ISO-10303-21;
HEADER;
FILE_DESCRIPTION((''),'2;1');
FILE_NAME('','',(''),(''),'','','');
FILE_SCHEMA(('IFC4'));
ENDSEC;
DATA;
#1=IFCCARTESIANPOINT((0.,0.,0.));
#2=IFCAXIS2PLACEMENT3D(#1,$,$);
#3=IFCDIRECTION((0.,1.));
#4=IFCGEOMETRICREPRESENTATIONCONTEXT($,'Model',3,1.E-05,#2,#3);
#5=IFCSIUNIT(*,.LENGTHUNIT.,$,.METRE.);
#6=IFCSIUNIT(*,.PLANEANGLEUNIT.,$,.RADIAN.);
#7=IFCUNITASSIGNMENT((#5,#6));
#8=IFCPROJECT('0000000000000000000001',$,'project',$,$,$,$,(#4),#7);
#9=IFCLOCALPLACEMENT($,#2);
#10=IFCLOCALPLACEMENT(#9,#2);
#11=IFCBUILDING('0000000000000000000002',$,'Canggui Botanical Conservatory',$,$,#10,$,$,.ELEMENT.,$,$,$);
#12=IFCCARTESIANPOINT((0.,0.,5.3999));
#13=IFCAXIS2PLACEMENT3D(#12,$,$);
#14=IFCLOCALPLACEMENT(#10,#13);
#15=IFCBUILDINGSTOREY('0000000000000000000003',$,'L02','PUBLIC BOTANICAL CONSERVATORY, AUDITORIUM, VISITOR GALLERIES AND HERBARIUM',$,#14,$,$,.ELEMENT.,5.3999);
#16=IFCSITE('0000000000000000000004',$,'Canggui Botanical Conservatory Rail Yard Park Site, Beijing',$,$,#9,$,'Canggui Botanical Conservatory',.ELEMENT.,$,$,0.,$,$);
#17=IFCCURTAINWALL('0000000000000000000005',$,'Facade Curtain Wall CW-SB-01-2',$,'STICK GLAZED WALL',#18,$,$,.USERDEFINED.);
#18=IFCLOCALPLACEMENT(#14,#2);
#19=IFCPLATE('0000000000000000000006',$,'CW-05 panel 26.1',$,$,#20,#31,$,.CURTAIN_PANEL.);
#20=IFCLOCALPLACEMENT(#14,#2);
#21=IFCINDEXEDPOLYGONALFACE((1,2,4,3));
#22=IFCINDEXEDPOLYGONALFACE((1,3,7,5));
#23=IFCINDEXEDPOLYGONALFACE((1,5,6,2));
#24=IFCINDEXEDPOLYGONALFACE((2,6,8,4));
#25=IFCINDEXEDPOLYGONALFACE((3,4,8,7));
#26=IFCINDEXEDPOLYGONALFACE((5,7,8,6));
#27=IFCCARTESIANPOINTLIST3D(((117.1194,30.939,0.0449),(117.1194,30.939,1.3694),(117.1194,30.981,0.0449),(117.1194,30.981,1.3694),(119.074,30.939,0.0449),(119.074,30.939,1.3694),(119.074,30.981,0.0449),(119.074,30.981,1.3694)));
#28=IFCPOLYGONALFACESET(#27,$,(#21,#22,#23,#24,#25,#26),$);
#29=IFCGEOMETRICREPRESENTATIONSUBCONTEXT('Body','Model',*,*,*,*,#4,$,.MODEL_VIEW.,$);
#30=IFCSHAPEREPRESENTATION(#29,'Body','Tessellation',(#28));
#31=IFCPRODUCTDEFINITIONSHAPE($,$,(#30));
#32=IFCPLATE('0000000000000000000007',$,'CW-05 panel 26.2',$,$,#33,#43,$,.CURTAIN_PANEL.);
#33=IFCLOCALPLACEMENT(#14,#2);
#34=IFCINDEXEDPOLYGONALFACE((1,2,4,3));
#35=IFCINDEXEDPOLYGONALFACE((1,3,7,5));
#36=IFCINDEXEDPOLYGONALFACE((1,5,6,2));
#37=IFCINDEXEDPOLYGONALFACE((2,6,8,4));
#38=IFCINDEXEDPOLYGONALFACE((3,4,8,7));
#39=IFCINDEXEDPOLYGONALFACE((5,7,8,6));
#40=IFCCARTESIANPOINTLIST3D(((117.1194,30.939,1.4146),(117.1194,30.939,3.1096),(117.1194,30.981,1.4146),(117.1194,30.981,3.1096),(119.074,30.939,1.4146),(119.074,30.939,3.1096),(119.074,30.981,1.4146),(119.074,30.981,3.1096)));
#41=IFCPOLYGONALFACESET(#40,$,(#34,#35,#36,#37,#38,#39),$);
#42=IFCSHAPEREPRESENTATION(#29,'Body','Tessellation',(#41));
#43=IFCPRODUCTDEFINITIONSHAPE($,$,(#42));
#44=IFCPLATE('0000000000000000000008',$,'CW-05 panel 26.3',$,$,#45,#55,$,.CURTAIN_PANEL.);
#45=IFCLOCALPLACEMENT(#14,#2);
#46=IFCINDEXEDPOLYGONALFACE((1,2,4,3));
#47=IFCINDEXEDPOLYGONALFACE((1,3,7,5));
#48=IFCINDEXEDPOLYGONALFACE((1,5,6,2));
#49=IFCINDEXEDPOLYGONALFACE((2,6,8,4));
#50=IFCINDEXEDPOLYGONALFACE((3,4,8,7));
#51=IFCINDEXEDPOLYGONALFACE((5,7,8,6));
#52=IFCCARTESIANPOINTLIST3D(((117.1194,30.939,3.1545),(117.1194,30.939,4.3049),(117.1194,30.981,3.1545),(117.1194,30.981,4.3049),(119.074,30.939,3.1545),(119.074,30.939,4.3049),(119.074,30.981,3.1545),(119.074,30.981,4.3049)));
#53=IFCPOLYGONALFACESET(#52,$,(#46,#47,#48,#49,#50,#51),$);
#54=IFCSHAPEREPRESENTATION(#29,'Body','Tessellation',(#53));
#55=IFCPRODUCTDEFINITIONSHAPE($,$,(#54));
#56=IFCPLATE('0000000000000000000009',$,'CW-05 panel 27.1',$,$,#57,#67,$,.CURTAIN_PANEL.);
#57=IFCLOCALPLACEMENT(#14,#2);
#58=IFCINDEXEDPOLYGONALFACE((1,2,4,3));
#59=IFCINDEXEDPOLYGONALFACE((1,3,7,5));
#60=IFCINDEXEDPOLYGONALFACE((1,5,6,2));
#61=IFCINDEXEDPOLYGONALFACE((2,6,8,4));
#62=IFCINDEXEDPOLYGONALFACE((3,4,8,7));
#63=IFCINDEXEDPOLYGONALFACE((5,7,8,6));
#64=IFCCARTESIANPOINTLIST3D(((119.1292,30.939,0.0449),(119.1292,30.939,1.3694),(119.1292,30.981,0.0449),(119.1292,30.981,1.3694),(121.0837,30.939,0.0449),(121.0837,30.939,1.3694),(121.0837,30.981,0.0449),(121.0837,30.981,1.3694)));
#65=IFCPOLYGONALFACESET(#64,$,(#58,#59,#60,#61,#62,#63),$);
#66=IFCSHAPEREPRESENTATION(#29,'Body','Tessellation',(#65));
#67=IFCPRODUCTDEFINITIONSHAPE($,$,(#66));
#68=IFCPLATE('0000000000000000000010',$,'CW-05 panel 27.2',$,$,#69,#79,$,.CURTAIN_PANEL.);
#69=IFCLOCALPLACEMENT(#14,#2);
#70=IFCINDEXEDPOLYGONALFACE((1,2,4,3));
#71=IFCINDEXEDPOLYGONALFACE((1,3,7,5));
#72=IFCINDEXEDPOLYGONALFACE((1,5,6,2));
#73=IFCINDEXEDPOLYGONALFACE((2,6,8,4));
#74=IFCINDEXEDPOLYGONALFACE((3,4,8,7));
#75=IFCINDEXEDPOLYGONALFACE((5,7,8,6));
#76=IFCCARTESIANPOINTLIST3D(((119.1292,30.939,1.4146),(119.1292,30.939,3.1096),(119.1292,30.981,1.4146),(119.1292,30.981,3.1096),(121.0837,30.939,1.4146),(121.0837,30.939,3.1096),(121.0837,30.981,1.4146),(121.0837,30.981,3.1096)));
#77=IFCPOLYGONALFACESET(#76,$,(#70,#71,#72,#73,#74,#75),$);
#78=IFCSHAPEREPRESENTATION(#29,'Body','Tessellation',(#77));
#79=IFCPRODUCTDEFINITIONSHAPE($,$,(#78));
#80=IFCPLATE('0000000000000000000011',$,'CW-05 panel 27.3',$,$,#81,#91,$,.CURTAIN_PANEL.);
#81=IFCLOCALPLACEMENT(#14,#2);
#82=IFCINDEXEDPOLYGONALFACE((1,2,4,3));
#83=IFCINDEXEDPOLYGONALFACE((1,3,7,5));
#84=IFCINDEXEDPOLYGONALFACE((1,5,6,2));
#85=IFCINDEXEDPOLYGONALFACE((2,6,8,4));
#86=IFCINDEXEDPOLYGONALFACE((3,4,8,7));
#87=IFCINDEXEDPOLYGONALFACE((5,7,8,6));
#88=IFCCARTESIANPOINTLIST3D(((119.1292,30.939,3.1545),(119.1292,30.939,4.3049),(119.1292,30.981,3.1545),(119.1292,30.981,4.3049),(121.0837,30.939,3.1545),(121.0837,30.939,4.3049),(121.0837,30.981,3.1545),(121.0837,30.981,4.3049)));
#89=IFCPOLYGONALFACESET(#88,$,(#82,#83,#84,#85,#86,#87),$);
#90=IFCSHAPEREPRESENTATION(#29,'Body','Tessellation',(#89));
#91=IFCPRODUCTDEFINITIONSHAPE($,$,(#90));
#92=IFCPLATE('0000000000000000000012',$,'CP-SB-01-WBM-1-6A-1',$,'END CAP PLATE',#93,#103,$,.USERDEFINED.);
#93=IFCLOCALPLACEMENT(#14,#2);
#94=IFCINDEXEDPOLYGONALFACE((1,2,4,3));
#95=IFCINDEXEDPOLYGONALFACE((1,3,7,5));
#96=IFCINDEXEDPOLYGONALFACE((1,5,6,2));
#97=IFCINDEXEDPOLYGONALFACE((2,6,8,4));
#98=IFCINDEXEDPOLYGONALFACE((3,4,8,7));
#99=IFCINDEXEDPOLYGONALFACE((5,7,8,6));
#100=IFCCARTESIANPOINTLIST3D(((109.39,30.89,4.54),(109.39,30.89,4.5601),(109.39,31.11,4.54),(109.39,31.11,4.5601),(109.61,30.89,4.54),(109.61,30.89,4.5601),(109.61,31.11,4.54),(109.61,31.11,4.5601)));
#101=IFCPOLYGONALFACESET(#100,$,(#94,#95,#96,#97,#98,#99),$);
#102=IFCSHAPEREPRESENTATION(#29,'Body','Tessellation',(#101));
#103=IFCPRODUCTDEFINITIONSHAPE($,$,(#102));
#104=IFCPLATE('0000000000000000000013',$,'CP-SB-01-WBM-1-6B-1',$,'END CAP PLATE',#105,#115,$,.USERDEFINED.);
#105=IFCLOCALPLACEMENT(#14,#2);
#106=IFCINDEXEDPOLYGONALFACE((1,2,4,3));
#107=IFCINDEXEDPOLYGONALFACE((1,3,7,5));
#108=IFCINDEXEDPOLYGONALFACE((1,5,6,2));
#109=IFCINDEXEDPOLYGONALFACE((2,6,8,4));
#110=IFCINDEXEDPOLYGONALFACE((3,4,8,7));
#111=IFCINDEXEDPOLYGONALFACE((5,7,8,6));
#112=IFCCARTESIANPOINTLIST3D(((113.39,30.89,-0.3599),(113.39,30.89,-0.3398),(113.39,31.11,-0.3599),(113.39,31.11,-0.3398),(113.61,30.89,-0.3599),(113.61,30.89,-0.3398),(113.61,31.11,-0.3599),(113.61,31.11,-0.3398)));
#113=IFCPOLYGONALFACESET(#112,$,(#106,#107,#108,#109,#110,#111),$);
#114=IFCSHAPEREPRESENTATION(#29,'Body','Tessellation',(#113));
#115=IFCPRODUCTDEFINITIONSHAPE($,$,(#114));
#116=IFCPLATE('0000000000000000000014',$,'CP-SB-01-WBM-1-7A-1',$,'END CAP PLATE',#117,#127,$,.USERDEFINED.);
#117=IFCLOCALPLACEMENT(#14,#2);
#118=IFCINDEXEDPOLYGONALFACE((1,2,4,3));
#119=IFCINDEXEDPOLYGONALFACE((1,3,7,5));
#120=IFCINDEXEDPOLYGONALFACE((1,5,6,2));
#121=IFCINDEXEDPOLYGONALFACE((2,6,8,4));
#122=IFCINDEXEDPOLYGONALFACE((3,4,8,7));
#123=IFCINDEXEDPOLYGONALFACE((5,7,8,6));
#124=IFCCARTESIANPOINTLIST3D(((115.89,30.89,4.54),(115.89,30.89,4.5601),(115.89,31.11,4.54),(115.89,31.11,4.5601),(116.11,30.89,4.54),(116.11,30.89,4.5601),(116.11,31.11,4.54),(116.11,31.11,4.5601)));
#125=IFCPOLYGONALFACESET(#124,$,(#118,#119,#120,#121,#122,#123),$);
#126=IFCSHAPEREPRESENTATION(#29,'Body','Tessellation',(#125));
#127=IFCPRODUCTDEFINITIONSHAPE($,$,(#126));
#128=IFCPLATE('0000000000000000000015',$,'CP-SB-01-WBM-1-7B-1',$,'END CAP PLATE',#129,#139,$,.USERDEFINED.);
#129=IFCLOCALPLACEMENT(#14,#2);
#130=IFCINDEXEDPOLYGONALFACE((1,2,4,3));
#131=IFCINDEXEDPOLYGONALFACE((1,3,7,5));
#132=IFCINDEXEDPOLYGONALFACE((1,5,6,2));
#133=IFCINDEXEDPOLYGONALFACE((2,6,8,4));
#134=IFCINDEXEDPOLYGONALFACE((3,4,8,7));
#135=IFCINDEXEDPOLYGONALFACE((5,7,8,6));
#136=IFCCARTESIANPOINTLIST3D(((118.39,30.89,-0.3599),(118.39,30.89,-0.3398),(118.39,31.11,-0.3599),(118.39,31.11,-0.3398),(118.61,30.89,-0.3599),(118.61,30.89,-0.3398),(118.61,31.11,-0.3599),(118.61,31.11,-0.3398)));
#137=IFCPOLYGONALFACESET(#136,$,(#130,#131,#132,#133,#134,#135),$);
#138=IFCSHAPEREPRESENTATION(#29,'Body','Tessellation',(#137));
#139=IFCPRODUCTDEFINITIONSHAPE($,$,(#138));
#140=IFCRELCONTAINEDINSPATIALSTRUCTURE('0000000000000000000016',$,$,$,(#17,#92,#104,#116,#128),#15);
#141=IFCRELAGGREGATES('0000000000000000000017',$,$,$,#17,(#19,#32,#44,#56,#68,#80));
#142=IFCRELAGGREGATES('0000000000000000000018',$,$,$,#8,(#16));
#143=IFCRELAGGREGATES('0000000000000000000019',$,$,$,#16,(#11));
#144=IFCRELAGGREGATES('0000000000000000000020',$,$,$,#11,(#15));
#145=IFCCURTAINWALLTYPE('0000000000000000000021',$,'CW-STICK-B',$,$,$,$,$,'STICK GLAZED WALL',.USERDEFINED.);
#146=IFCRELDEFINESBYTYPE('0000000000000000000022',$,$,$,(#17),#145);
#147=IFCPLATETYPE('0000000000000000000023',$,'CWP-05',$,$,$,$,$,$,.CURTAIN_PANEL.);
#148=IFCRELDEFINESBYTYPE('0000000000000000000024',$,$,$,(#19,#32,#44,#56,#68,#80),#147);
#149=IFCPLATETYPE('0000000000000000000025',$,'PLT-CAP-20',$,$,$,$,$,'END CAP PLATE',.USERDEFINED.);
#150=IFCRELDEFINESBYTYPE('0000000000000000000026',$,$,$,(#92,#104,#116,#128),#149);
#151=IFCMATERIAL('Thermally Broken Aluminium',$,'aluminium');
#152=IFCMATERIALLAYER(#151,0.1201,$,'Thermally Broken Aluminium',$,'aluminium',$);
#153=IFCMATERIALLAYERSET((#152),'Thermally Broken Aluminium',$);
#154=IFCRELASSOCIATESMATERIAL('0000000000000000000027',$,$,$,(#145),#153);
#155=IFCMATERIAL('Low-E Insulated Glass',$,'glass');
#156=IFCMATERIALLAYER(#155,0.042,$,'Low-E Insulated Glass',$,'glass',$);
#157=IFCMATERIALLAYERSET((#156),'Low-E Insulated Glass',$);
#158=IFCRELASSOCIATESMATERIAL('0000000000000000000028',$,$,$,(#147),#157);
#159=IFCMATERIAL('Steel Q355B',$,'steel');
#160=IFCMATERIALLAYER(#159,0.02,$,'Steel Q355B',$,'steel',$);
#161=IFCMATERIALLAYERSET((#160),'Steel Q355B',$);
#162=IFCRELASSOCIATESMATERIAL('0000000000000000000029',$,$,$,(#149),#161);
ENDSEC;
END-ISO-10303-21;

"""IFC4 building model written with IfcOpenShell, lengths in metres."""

from ifc_helpers import new_model, si_unit, direction, frame, origin, origin_2d, place, context, subcontext, project, spatial, rectangle, extrude, material, layer, layer_set, type_object, element, aggregate, save


model = new_model("IFC4")

# Units and contexts
model_context = context("Model", 3, precision=1e-05, world=origin(), true_north=direction((0.0, 1.0)))
body_context = subcontext(model_context, "Body", "Model", "MODEL_VIEW")
ifc_project = project(units=[si_unit("LENGTHUNIT", "METRE"), si_unit("PLANEANGLEUNIT", "RADIAN")], contexts=[model_context])

# Site, building, storey
site_placement = place(None, origin())
site = spatial("IfcSite", under=ifc_project, at=site_placement, Name="Canggui Botanical Conservatory Rail Yard Park Site, Beijing", LongName="Canggui Botanical Conservatory", CompositionType="ELEMENT", RefElevation=0.0)
building_placement = place(site_placement, origin())
building = spatial("IfcBuilding", under=site, at=building_placement, Name="Canggui Botanical Conservatory", CompositionType="ELEMENT")
storey_placement = place(building_placement, frame((0.0, 0.0, 5.3999)))
storey = spatial("IfcBuildingStorey", under=building, at=storey_placement, Name="L02", Description="PUBLIC BOTANICAL CONSERVATORY, AUDITORIUM, VISITOR GALLERIES AND HERBARIUM", CompositionType="ELEMENT", Elevation=5.3999)

# Shared definitions
ifc_material_1 = material(Name="Steel Q355B", Category="steel")

# Curtain wall
ifc_material_2 = material(Name="Thermally Broken Aluminium", Category="aluminium")
ifc_layer_1 = layer(ifc_material_2, 0.1201, Name="Thermally Broken Aluminium", Category="aluminium")
ifc_layer_set_1 = layer_set([ifc_layer_1], Name="Thermally Broken Aluminium")
curtain_wall_type = type_object("IfcCurtainWallType", Name="CW-STICK-B", ElementType="STICK GLAZED WALL", PredefinedType="USERDEFINED", material=ifc_layer_set_1)
curtain_wall_placement = place(storey_placement, origin())
curtain_wall = element("IfcCurtainWall", 1, at=curtain_wall_placement, inside=storey, type_object=curtain_wall_type, Name="Facade Curtain Wall CW-SB-01-2", ObjectType="STICK GLAZED WALL", PredefinedType="USERDEFINED")

# Plates
ifc_material_3 = material(Name="Low-E Insulated Glass", Category="glass")
ifc_layer_2 = layer(ifc_material_3, 0.042, Name="Low-E Insulated Glass", Category="glass")
ifc_layer_set_2 = layer_set([ifc_layer_2], Name="Low-E Insulated Glass")
plate_type_1 = type_object("IfcPlateType", Name="CWP-05", PredefinedType="CURTAIN_PANEL", material=ifc_layer_set_2)
plate_1_placement = place(storey_placement, frame((118.0967, 30.96, 0.0449), z_axis=(0.0, 0.0, 1.0), x_axis=(1.0, 0.0, 0.0)))
plate_1 = element("IfcPlate", 2, at=plate_1_placement, type_object=plate_type_1, Name="CW-05 panel 26.1", PredefinedType="CURTAIN_PANEL", context=body_context, shape_type="SweptSolid", body=[
    extrude(rectangle(XDim=1.9546, YDim=0.042, at=origin_2d()), origin(), (0.0, 0.0, 1.0), 1.3245),
])
plate_2_placement = place(storey_placement, frame((118.0967, 30.96, 1.4146), z_axis=(0.0, 0.0, 1.0), x_axis=(1.0, 0.0, 0.0)))
plate_2 = element("IfcPlate", 3, at=plate_2_placement, type_object=plate_type_1, Name="CW-05 panel 26.2", PredefinedType="CURTAIN_PANEL", context=body_context, shape_type="SweptSolid", body=[
    extrude(rectangle(XDim=1.9546, YDim=0.042, at=origin_2d()), origin(), (0.0, 0.0, 1.0), 1.6951),
])
plate_3_placement = place(storey_placement, frame((118.0967, 30.96, 3.1545), z_axis=(0.0, 0.0, 1.0), x_axis=(1.0, 0.0, 0.0)))
plate_3 = element("IfcPlate", 4, at=plate_3_placement, type_object=plate_type_1, Name="CW-05 panel 26.3", PredefinedType="CURTAIN_PANEL", context=body_context, shape_type="SweptSolid", body=[
    extrude(rectangle(XDim=1.9546, YDim=0.042, at=origin_2d()), origin(), (0.0, 0.0, 1.0), 1.1504),
])
plate_4_placement = place(storey_placement, frame((120.1064, 30.96, 0.0449), z_axis=(0.0, 0.0, 1.0), x_axis=(1.0, 0.0, 0.0)))
plate_4 = element("IfcPlate", 5, at=plate_4_placement, type_object=plate_type_1, Name="CW-05 panel 27.1", PredefinedType="CURTAIN_PANEL", context=body_context, shape_type="SweptSolid", body=[
    extrude(rectangle(XDim=1.9546, YDim=0.042, at=origin_2d()), origin(), (0.0, 0.0, 1.0), 1.3245),
])
plate_5_placement = place(storey_placement, frame((120.1064, 30.96, 1.4146), z_axis=(0.0, 0.0, 1.0), x_axis=(1.0, 0.0, 0.0)))
plate_5 = element("IfcPlate", 6, at=plate_5_placement, type_object=plate_type_1, Name="CW-05 panel 27.2", PredefinedType="CURTAIN_PANEL", context=body_context, shape_type="SweptSolid", body=[
    extrude(rectangle(XDim=1.9546, YDim=0.042, at=origin_2d()), origin(), (0.0, 0.0, 1.0), 1.6951),
])
plate_6_placement = place(storey_placement, frame((120.1064, 30.96, 3.1545), z_axis=(0.0, 0.0, 1.0), x_axis=(1.0, 0.0, 0.0)))
plate_6 = element("IfcPlate", 7, at=plate_6_placement, type_object=plate_type_1, Name="CW-05 panel 27.3", PredefinedType="CURTAIN_PANEL", context=body_context, shape_type="SweptSolid", body=[
    extrude(rectangle(XDim=1.9546, YDim=0.042, at=origin_2d()), origin(), (0.0, 0.0, 1.0), 1.1504),
])
aggregate(curtain_wall, [plate_1, plate_2, plate_3, plate_4, plate_5, plate_6])

# Plates
ifc_layer_3 = layer(ifc_material_1, 0.02, Name="Steel Q355B", Category="steel")
ifc_layer_set_3 = layer_set([ifc_layer_3], Name="Steel Q355B")
plate_type_2 = type_object("IfcPlateType", Name="PLT-CAP-20", ElementType="END CAP PLATE", PredefinedType="USERDEFINED", material=ifc_layer_set_3)
for number, where, z_axis, x_axis, name in (
    (8, (109.5, 31.0, 4.54), (0.0, 0.0, 1.0), (1.0, 0.0, 0.0), "CP-SB-01-WBM-1-6A-1"),
    (9, (113.5, 31.0, -0.3599), (0.0, 0.0, 1.0), (1.0, 0.0, 0.0), "CP-SB-01-WBM-1-6B-1"),
    (10, (116.0, 31.0, 4.54), (0.0, 0.0, 1.0), (1.0, 0.0, 0.0), "CP-SB-01-WBM-1-7A-1"),
    (11, (118.5, 31.0, -0.3599), (0.0, 0.0, 1.0), (1.0, 0.0, 0.0), "CP-SB-01-WBM-1-7B-1"),
):
    element("IfcPlate", number, at=place(storey_placement, frame(where, z_axis=z_axis, x_axis=x_axis)), inside=storey, type_object=plate_type_2, Name=name, ObjectType="END CAP PLATE", PredefinedType="USERDEFINED", context=body_context, shape_type="SweptSolid", body=[
        extrude(rectangle(XDim=0.22, YDim=0.22, at=origin_2d()), origin(), (0.0, 0.0, 1.0), 0.02),
    ])

save(model, "model.ifc")
